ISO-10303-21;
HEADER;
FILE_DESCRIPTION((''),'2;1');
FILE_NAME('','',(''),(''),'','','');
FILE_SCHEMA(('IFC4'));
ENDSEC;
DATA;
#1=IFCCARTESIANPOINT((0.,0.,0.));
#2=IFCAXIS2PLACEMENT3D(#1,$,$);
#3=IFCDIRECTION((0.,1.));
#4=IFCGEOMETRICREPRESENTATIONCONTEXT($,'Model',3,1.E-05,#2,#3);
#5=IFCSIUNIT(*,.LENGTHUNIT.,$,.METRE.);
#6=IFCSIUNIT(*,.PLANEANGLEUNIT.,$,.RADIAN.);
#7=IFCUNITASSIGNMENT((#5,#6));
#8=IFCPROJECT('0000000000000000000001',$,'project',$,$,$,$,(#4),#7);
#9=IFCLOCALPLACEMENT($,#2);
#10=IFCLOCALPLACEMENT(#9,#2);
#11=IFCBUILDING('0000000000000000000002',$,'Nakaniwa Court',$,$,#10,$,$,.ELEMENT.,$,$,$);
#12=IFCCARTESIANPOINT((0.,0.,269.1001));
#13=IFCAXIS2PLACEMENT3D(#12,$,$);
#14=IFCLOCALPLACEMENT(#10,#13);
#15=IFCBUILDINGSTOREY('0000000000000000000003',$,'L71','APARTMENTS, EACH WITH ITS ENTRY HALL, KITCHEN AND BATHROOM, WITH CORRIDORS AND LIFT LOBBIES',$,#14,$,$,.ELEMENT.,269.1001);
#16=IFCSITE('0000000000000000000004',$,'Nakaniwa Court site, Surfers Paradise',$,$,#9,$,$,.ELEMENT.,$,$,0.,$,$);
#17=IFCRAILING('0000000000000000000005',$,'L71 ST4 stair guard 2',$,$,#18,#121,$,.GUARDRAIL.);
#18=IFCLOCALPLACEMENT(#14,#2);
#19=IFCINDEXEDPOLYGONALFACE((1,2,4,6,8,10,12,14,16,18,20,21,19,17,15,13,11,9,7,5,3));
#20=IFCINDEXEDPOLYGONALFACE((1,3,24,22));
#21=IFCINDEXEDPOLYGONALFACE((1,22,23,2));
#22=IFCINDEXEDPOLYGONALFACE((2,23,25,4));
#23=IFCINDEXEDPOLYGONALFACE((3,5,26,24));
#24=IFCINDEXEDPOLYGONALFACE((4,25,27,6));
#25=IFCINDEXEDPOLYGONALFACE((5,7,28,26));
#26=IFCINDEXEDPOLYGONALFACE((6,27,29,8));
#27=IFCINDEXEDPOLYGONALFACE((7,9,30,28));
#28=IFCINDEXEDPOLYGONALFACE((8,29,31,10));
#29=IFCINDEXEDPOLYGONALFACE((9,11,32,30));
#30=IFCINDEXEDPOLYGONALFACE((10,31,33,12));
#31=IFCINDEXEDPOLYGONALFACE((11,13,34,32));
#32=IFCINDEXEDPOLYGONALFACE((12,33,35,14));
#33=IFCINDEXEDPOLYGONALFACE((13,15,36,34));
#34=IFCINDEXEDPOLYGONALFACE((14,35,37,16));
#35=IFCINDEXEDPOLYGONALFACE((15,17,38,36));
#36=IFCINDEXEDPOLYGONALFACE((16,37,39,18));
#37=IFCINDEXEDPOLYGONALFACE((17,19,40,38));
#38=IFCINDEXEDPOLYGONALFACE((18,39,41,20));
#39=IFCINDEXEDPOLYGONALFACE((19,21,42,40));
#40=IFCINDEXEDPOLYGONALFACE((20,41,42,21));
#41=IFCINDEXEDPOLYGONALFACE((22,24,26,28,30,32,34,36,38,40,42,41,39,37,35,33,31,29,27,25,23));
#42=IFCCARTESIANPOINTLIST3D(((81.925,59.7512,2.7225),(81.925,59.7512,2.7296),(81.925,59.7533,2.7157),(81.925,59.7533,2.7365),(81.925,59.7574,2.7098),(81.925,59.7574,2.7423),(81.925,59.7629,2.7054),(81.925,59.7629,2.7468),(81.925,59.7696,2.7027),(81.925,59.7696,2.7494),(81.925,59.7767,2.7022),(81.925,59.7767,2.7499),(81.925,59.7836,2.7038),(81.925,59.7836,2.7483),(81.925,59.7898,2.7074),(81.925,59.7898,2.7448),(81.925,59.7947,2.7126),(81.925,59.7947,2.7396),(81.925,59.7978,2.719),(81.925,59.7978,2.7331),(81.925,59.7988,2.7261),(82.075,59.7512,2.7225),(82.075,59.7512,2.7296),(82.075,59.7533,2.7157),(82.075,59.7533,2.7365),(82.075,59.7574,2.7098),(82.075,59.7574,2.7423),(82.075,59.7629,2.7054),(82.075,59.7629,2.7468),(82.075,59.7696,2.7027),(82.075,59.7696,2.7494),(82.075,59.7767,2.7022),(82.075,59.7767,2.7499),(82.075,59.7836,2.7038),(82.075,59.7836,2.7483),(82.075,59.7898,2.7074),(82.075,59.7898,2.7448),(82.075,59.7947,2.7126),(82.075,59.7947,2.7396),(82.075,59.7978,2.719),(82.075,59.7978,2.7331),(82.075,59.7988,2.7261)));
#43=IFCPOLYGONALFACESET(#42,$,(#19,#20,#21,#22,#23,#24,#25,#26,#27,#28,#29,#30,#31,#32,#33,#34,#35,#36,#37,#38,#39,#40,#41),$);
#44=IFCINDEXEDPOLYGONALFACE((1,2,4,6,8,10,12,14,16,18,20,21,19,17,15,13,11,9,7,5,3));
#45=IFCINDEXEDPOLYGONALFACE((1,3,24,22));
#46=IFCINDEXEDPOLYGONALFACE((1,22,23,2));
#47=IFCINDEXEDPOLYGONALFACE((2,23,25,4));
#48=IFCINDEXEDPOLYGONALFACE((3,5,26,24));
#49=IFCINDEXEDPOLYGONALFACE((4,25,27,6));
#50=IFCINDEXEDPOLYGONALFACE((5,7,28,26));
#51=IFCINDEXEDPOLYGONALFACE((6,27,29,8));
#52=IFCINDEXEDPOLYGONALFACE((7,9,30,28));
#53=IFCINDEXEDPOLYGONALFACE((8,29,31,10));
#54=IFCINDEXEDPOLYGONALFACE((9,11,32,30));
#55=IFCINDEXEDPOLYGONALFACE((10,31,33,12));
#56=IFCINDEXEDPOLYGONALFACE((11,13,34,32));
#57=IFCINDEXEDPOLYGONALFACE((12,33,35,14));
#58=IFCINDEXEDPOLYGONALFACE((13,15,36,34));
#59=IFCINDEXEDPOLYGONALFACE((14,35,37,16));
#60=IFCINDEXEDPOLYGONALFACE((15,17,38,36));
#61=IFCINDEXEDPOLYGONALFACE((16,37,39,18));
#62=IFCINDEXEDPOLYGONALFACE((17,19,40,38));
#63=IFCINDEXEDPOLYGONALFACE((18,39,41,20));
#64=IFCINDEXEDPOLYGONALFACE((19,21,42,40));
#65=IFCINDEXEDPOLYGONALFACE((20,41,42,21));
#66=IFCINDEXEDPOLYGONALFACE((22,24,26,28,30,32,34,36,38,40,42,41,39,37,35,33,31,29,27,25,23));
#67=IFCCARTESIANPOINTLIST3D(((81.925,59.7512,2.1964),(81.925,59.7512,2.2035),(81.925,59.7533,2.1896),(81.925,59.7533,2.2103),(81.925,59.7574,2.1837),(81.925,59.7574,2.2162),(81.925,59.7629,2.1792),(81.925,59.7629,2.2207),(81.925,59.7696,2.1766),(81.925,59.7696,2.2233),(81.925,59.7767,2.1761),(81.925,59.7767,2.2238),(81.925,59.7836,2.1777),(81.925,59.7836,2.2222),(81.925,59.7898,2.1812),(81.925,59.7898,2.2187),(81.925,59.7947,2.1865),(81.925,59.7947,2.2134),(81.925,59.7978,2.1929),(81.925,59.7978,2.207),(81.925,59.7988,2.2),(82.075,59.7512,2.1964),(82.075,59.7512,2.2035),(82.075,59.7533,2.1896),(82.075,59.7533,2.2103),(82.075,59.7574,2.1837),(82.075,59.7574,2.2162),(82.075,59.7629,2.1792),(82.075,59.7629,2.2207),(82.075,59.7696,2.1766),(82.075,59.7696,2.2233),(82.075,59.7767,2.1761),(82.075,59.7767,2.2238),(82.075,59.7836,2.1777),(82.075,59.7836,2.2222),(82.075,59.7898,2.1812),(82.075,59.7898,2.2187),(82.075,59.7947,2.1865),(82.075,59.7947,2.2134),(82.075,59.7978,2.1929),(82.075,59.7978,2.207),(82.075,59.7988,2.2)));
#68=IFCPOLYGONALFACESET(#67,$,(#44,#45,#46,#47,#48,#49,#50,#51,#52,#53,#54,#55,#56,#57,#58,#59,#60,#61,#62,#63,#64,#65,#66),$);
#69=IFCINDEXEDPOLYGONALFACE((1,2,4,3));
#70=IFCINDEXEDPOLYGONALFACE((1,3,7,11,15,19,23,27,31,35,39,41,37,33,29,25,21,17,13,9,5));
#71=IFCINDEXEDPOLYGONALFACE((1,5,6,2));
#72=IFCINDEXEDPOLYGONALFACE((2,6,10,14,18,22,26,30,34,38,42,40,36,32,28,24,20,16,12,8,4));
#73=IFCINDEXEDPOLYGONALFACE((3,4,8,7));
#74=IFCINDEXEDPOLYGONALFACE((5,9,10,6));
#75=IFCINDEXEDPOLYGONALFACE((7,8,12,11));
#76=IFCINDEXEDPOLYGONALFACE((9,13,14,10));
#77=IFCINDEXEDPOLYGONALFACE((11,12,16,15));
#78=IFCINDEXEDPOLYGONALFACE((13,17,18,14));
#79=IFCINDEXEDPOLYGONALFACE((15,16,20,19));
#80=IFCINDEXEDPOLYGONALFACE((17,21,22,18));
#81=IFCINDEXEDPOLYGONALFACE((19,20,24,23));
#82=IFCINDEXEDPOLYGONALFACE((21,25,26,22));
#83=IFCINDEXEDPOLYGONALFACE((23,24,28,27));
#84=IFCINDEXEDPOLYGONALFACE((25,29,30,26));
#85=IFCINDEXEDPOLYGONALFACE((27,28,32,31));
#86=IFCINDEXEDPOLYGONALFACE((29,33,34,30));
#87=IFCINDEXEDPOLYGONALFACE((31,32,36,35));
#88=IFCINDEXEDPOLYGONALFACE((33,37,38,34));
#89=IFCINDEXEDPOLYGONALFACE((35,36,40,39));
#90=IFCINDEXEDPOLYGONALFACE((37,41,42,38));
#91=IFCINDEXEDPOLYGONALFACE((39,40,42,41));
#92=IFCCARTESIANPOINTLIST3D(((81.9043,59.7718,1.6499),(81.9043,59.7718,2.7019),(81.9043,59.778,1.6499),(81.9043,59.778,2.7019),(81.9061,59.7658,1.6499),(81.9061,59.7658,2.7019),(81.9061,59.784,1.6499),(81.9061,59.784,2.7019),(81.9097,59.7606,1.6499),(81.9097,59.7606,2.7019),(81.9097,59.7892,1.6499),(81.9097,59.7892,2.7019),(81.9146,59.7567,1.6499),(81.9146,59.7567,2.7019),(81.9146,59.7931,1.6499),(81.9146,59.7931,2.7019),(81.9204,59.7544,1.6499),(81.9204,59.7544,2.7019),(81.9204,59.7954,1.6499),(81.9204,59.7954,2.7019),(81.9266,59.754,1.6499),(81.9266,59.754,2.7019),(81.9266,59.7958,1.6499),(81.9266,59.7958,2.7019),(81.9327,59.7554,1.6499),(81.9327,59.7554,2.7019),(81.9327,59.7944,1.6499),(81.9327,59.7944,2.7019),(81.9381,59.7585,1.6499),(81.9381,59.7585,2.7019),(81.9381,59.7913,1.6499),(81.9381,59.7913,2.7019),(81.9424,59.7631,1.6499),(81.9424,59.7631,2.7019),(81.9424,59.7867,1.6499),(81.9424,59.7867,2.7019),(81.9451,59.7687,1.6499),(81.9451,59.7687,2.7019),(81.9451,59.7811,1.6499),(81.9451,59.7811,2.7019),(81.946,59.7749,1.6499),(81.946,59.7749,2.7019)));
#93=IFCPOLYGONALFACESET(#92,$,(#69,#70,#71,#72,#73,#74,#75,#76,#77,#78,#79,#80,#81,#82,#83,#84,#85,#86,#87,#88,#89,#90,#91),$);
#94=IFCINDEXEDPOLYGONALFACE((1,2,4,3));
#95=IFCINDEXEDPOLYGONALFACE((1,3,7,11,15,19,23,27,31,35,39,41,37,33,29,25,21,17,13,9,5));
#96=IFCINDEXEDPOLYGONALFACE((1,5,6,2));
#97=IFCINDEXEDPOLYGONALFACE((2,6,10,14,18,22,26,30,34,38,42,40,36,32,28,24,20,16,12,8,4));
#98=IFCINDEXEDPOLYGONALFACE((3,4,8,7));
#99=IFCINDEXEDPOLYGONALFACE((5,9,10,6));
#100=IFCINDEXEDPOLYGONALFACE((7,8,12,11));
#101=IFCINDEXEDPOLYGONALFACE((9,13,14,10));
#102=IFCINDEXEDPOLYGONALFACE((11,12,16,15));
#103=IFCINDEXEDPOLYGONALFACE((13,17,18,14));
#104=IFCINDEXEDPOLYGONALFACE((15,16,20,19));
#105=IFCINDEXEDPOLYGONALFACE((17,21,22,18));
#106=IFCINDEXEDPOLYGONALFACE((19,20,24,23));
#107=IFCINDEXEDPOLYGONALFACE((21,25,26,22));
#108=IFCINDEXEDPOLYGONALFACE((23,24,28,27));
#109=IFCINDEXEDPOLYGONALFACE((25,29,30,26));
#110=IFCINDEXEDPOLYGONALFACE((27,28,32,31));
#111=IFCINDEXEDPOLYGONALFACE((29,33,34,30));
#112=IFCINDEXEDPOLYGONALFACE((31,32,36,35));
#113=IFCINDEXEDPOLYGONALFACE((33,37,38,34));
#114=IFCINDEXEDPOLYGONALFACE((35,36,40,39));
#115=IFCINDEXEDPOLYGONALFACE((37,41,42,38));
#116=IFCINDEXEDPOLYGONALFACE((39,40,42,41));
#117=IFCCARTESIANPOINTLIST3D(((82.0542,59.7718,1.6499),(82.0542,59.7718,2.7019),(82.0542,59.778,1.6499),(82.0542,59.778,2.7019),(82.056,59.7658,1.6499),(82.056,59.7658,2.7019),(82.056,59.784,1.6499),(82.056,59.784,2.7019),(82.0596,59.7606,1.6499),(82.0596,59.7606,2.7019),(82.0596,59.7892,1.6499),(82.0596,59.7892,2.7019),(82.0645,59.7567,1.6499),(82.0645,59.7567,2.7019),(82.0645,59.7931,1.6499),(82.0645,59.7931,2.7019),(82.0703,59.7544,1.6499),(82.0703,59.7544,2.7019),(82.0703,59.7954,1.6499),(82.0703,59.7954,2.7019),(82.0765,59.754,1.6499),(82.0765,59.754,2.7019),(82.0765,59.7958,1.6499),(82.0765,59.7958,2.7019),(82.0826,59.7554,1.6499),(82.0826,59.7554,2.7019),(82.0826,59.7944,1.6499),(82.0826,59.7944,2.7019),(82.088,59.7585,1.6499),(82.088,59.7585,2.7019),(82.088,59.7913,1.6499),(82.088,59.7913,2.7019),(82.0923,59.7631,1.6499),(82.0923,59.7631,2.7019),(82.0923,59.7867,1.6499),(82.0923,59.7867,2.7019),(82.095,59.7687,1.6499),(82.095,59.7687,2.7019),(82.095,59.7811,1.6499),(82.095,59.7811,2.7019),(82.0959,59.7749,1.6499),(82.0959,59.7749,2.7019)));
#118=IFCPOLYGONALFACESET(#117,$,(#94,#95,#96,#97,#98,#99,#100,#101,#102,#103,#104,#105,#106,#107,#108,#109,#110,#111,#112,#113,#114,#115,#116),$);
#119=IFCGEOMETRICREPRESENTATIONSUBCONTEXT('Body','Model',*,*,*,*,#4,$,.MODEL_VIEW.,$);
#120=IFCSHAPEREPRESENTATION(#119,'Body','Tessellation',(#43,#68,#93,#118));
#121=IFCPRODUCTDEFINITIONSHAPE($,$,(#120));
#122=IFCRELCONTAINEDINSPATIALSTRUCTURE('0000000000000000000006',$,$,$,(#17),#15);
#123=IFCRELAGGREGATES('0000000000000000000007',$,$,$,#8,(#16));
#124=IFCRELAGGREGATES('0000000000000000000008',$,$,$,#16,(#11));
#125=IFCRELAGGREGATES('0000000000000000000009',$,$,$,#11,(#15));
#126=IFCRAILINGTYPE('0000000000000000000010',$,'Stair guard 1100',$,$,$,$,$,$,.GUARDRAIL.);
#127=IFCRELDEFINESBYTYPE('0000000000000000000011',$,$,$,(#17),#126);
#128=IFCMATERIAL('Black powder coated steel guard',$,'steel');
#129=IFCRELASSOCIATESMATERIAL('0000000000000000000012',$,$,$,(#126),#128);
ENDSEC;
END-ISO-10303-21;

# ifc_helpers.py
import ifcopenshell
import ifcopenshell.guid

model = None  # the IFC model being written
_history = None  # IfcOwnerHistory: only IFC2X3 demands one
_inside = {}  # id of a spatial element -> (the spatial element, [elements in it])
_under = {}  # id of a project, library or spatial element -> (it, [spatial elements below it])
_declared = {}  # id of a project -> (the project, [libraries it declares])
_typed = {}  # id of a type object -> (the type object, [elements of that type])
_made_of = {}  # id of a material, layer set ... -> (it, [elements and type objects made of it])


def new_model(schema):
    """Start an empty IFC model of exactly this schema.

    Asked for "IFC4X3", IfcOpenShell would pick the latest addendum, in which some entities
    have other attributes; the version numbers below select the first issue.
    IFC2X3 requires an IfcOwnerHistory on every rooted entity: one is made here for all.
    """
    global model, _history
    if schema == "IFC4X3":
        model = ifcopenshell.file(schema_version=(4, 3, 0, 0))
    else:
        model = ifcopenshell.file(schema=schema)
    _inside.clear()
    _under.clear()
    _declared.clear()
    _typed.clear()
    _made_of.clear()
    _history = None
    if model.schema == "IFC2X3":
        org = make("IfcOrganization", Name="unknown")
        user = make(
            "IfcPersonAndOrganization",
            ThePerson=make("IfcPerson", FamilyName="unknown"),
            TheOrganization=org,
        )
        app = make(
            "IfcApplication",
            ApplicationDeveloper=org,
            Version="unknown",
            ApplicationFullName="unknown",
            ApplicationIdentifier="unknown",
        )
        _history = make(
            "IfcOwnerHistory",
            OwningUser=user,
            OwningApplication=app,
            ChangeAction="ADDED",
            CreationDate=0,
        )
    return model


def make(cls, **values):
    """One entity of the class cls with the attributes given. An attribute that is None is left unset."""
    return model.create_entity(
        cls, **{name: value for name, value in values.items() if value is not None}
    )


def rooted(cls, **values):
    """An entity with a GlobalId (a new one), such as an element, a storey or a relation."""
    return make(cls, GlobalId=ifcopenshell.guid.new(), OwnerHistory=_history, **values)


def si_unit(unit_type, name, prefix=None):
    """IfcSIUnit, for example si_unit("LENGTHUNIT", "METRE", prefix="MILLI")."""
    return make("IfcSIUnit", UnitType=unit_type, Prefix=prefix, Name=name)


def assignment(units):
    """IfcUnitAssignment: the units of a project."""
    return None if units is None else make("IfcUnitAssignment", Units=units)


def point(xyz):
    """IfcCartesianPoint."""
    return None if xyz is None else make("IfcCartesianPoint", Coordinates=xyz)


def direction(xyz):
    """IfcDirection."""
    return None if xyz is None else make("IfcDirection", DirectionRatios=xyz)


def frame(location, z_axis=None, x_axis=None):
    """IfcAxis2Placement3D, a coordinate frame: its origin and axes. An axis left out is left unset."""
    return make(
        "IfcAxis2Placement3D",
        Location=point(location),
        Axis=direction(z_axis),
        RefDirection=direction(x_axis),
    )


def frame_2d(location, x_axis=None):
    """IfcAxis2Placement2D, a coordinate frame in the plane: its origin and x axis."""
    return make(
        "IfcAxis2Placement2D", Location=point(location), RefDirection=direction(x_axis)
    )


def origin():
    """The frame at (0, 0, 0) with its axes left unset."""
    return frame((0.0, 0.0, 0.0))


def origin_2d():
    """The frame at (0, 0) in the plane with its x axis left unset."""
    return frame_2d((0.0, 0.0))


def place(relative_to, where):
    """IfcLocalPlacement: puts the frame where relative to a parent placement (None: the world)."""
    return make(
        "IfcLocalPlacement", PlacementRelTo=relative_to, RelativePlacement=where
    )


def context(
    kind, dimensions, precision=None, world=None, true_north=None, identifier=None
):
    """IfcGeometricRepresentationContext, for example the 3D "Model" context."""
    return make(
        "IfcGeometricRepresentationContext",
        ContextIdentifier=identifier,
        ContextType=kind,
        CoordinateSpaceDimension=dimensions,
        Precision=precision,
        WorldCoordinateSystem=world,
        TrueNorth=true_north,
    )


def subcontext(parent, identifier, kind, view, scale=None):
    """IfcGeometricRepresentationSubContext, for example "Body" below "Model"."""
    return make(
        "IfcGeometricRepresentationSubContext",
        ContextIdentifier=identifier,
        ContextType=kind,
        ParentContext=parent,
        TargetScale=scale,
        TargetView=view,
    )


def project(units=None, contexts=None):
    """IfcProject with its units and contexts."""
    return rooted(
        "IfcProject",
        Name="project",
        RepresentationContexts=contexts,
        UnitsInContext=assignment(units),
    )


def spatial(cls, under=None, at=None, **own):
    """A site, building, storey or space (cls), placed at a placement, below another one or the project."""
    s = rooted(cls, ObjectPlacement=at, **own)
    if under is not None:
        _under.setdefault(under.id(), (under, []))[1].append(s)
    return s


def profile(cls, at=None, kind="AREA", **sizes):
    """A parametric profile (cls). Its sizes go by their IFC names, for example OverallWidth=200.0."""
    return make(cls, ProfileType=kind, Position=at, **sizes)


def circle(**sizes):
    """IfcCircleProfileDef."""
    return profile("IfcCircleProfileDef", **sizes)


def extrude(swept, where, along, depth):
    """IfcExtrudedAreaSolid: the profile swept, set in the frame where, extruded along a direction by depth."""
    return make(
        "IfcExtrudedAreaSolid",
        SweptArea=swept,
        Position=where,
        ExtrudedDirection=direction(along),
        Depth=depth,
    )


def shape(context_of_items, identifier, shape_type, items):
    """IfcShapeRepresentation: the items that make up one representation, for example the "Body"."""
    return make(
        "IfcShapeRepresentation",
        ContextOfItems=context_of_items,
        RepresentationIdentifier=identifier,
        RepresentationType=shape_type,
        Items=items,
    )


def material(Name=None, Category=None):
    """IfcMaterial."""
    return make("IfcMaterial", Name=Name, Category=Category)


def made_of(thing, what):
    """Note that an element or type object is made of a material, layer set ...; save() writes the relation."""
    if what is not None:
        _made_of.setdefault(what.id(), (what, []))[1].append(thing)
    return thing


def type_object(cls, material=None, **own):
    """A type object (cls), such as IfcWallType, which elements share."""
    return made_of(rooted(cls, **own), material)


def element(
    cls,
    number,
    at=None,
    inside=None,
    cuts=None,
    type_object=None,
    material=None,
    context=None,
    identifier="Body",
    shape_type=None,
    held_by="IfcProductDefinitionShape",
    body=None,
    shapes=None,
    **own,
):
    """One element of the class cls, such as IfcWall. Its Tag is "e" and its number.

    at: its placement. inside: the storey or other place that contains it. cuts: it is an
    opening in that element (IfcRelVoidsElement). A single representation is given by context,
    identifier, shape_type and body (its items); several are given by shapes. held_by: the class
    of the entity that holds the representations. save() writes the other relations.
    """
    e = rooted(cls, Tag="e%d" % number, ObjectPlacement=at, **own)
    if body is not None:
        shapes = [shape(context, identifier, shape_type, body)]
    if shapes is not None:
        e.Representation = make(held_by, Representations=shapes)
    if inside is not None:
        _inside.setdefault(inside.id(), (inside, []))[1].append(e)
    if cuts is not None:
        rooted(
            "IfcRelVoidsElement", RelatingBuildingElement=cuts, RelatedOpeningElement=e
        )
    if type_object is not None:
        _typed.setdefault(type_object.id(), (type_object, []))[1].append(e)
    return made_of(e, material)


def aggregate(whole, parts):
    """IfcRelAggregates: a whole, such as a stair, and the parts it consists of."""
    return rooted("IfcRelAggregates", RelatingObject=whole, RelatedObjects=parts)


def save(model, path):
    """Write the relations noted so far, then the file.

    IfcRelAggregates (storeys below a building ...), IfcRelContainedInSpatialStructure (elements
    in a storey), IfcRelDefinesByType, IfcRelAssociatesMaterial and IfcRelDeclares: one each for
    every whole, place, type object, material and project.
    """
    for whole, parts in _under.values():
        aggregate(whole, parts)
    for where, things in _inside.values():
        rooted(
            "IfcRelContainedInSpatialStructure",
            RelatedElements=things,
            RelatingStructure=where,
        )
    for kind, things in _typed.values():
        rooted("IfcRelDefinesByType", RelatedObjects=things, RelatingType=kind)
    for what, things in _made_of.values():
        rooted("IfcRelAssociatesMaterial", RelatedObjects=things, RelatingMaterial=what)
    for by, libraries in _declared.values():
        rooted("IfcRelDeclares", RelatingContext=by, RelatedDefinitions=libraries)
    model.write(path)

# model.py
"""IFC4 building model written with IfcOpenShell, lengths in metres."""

from ifc_helpers import new_model, si_unit, direction, frame, origin, origin_2d, place, context, subcontext, project, spatial, circle, extrude, material, type_object, element, save


model = new_model("IFC4")

# Units and contexts
model_context = context("Model", 3, precision=1e-05, world=origin(), true_north=direction((0.0, 1.0)))
body_context = subcontext(model_context, "Body", "Model", "MODEL_VIEW")
ifc_project = project(units=[si_unit("LENGTHUNIT", "METRE"), si_unit("PLANEANGLEUNIT", "RADIAN")], contexts=[model_context])

# Site, building, storey
site_placement = place(None, origin())
site = spatial("IfcSite", under=ifc_project, at=site_placement, Name="Nakaniwa Court site, Surfers Paradise", CompositionType="ELEMENT", RefElevation=0.0)
building_placement = place(site_placement, origin())
building = spatial("IfcBuilding", under=site, at=building_placement, Name="Nakaniwa Court", CompositionType="ELEMENT")
storey_placement = place(building_placement, frame((0.0, 0.0, 269.1001)))
storey = spatial("IfcBuildingStorey", under=building, at=storey_placement, Name="L71", Description="APARTMENTS, EACH WITH ITS ENTRY HALL, KITCHEN AND BATHROOM, WITH CORRIDORS AND LIFT LOBBIES", CompositionType="ELEMENT", Elevation=269.1001)

# Railing
ifc_material_1 = material(Name="Black powder coated steel guard", Category="steel")
railing_type_1 = type_object("IfcRailingType", Name="Stair guard 1100", PredefinedType="GUARDRAIL", material=ifc_material_1)
railing_1_placement = place(storey_placement, frame((81.925, 59.7749, 1.6499)))
element("IfcRailing", 1, at=railing_1_placement, inside=storey, type_object=railing_type_1, Name="L71 ST4 stair guard 2", PredefinedType="GUARDRAIL", context=body_context, shape_type="SweptSolid", body=[
    extrude(circle(Radius=0.0239, at=origin_2d()), frame((0.0, 0.0, 1.0762), z_axis=(1.0, 0.0, 0.0), x_axis=(0.0, 1.0, 0.0)), (0.0, 0.0, 1.0), 0.1499),
    extrude(circle(Radius=0.0239, at=origin_2d()), frame((0.0, 0.0, 0.55), z_axis=(1.0, 0.0, 0.0), x_axis=(0.0, 1.0, 0.0)), (0.0, 0.0, 1.0), 0.1499),
    extrude(circle(Radius=0.021, at=origin_2d()), origin(), (0.0, 0.0, 1.0), 1.052),
    extrude(circle(Radius=0.021, at=origin_2d()), frame((0.1499, 0.0, 0.0)), (0.0, 0.0, 1.0), 1.052),
])

save(model, "model.ifc")
